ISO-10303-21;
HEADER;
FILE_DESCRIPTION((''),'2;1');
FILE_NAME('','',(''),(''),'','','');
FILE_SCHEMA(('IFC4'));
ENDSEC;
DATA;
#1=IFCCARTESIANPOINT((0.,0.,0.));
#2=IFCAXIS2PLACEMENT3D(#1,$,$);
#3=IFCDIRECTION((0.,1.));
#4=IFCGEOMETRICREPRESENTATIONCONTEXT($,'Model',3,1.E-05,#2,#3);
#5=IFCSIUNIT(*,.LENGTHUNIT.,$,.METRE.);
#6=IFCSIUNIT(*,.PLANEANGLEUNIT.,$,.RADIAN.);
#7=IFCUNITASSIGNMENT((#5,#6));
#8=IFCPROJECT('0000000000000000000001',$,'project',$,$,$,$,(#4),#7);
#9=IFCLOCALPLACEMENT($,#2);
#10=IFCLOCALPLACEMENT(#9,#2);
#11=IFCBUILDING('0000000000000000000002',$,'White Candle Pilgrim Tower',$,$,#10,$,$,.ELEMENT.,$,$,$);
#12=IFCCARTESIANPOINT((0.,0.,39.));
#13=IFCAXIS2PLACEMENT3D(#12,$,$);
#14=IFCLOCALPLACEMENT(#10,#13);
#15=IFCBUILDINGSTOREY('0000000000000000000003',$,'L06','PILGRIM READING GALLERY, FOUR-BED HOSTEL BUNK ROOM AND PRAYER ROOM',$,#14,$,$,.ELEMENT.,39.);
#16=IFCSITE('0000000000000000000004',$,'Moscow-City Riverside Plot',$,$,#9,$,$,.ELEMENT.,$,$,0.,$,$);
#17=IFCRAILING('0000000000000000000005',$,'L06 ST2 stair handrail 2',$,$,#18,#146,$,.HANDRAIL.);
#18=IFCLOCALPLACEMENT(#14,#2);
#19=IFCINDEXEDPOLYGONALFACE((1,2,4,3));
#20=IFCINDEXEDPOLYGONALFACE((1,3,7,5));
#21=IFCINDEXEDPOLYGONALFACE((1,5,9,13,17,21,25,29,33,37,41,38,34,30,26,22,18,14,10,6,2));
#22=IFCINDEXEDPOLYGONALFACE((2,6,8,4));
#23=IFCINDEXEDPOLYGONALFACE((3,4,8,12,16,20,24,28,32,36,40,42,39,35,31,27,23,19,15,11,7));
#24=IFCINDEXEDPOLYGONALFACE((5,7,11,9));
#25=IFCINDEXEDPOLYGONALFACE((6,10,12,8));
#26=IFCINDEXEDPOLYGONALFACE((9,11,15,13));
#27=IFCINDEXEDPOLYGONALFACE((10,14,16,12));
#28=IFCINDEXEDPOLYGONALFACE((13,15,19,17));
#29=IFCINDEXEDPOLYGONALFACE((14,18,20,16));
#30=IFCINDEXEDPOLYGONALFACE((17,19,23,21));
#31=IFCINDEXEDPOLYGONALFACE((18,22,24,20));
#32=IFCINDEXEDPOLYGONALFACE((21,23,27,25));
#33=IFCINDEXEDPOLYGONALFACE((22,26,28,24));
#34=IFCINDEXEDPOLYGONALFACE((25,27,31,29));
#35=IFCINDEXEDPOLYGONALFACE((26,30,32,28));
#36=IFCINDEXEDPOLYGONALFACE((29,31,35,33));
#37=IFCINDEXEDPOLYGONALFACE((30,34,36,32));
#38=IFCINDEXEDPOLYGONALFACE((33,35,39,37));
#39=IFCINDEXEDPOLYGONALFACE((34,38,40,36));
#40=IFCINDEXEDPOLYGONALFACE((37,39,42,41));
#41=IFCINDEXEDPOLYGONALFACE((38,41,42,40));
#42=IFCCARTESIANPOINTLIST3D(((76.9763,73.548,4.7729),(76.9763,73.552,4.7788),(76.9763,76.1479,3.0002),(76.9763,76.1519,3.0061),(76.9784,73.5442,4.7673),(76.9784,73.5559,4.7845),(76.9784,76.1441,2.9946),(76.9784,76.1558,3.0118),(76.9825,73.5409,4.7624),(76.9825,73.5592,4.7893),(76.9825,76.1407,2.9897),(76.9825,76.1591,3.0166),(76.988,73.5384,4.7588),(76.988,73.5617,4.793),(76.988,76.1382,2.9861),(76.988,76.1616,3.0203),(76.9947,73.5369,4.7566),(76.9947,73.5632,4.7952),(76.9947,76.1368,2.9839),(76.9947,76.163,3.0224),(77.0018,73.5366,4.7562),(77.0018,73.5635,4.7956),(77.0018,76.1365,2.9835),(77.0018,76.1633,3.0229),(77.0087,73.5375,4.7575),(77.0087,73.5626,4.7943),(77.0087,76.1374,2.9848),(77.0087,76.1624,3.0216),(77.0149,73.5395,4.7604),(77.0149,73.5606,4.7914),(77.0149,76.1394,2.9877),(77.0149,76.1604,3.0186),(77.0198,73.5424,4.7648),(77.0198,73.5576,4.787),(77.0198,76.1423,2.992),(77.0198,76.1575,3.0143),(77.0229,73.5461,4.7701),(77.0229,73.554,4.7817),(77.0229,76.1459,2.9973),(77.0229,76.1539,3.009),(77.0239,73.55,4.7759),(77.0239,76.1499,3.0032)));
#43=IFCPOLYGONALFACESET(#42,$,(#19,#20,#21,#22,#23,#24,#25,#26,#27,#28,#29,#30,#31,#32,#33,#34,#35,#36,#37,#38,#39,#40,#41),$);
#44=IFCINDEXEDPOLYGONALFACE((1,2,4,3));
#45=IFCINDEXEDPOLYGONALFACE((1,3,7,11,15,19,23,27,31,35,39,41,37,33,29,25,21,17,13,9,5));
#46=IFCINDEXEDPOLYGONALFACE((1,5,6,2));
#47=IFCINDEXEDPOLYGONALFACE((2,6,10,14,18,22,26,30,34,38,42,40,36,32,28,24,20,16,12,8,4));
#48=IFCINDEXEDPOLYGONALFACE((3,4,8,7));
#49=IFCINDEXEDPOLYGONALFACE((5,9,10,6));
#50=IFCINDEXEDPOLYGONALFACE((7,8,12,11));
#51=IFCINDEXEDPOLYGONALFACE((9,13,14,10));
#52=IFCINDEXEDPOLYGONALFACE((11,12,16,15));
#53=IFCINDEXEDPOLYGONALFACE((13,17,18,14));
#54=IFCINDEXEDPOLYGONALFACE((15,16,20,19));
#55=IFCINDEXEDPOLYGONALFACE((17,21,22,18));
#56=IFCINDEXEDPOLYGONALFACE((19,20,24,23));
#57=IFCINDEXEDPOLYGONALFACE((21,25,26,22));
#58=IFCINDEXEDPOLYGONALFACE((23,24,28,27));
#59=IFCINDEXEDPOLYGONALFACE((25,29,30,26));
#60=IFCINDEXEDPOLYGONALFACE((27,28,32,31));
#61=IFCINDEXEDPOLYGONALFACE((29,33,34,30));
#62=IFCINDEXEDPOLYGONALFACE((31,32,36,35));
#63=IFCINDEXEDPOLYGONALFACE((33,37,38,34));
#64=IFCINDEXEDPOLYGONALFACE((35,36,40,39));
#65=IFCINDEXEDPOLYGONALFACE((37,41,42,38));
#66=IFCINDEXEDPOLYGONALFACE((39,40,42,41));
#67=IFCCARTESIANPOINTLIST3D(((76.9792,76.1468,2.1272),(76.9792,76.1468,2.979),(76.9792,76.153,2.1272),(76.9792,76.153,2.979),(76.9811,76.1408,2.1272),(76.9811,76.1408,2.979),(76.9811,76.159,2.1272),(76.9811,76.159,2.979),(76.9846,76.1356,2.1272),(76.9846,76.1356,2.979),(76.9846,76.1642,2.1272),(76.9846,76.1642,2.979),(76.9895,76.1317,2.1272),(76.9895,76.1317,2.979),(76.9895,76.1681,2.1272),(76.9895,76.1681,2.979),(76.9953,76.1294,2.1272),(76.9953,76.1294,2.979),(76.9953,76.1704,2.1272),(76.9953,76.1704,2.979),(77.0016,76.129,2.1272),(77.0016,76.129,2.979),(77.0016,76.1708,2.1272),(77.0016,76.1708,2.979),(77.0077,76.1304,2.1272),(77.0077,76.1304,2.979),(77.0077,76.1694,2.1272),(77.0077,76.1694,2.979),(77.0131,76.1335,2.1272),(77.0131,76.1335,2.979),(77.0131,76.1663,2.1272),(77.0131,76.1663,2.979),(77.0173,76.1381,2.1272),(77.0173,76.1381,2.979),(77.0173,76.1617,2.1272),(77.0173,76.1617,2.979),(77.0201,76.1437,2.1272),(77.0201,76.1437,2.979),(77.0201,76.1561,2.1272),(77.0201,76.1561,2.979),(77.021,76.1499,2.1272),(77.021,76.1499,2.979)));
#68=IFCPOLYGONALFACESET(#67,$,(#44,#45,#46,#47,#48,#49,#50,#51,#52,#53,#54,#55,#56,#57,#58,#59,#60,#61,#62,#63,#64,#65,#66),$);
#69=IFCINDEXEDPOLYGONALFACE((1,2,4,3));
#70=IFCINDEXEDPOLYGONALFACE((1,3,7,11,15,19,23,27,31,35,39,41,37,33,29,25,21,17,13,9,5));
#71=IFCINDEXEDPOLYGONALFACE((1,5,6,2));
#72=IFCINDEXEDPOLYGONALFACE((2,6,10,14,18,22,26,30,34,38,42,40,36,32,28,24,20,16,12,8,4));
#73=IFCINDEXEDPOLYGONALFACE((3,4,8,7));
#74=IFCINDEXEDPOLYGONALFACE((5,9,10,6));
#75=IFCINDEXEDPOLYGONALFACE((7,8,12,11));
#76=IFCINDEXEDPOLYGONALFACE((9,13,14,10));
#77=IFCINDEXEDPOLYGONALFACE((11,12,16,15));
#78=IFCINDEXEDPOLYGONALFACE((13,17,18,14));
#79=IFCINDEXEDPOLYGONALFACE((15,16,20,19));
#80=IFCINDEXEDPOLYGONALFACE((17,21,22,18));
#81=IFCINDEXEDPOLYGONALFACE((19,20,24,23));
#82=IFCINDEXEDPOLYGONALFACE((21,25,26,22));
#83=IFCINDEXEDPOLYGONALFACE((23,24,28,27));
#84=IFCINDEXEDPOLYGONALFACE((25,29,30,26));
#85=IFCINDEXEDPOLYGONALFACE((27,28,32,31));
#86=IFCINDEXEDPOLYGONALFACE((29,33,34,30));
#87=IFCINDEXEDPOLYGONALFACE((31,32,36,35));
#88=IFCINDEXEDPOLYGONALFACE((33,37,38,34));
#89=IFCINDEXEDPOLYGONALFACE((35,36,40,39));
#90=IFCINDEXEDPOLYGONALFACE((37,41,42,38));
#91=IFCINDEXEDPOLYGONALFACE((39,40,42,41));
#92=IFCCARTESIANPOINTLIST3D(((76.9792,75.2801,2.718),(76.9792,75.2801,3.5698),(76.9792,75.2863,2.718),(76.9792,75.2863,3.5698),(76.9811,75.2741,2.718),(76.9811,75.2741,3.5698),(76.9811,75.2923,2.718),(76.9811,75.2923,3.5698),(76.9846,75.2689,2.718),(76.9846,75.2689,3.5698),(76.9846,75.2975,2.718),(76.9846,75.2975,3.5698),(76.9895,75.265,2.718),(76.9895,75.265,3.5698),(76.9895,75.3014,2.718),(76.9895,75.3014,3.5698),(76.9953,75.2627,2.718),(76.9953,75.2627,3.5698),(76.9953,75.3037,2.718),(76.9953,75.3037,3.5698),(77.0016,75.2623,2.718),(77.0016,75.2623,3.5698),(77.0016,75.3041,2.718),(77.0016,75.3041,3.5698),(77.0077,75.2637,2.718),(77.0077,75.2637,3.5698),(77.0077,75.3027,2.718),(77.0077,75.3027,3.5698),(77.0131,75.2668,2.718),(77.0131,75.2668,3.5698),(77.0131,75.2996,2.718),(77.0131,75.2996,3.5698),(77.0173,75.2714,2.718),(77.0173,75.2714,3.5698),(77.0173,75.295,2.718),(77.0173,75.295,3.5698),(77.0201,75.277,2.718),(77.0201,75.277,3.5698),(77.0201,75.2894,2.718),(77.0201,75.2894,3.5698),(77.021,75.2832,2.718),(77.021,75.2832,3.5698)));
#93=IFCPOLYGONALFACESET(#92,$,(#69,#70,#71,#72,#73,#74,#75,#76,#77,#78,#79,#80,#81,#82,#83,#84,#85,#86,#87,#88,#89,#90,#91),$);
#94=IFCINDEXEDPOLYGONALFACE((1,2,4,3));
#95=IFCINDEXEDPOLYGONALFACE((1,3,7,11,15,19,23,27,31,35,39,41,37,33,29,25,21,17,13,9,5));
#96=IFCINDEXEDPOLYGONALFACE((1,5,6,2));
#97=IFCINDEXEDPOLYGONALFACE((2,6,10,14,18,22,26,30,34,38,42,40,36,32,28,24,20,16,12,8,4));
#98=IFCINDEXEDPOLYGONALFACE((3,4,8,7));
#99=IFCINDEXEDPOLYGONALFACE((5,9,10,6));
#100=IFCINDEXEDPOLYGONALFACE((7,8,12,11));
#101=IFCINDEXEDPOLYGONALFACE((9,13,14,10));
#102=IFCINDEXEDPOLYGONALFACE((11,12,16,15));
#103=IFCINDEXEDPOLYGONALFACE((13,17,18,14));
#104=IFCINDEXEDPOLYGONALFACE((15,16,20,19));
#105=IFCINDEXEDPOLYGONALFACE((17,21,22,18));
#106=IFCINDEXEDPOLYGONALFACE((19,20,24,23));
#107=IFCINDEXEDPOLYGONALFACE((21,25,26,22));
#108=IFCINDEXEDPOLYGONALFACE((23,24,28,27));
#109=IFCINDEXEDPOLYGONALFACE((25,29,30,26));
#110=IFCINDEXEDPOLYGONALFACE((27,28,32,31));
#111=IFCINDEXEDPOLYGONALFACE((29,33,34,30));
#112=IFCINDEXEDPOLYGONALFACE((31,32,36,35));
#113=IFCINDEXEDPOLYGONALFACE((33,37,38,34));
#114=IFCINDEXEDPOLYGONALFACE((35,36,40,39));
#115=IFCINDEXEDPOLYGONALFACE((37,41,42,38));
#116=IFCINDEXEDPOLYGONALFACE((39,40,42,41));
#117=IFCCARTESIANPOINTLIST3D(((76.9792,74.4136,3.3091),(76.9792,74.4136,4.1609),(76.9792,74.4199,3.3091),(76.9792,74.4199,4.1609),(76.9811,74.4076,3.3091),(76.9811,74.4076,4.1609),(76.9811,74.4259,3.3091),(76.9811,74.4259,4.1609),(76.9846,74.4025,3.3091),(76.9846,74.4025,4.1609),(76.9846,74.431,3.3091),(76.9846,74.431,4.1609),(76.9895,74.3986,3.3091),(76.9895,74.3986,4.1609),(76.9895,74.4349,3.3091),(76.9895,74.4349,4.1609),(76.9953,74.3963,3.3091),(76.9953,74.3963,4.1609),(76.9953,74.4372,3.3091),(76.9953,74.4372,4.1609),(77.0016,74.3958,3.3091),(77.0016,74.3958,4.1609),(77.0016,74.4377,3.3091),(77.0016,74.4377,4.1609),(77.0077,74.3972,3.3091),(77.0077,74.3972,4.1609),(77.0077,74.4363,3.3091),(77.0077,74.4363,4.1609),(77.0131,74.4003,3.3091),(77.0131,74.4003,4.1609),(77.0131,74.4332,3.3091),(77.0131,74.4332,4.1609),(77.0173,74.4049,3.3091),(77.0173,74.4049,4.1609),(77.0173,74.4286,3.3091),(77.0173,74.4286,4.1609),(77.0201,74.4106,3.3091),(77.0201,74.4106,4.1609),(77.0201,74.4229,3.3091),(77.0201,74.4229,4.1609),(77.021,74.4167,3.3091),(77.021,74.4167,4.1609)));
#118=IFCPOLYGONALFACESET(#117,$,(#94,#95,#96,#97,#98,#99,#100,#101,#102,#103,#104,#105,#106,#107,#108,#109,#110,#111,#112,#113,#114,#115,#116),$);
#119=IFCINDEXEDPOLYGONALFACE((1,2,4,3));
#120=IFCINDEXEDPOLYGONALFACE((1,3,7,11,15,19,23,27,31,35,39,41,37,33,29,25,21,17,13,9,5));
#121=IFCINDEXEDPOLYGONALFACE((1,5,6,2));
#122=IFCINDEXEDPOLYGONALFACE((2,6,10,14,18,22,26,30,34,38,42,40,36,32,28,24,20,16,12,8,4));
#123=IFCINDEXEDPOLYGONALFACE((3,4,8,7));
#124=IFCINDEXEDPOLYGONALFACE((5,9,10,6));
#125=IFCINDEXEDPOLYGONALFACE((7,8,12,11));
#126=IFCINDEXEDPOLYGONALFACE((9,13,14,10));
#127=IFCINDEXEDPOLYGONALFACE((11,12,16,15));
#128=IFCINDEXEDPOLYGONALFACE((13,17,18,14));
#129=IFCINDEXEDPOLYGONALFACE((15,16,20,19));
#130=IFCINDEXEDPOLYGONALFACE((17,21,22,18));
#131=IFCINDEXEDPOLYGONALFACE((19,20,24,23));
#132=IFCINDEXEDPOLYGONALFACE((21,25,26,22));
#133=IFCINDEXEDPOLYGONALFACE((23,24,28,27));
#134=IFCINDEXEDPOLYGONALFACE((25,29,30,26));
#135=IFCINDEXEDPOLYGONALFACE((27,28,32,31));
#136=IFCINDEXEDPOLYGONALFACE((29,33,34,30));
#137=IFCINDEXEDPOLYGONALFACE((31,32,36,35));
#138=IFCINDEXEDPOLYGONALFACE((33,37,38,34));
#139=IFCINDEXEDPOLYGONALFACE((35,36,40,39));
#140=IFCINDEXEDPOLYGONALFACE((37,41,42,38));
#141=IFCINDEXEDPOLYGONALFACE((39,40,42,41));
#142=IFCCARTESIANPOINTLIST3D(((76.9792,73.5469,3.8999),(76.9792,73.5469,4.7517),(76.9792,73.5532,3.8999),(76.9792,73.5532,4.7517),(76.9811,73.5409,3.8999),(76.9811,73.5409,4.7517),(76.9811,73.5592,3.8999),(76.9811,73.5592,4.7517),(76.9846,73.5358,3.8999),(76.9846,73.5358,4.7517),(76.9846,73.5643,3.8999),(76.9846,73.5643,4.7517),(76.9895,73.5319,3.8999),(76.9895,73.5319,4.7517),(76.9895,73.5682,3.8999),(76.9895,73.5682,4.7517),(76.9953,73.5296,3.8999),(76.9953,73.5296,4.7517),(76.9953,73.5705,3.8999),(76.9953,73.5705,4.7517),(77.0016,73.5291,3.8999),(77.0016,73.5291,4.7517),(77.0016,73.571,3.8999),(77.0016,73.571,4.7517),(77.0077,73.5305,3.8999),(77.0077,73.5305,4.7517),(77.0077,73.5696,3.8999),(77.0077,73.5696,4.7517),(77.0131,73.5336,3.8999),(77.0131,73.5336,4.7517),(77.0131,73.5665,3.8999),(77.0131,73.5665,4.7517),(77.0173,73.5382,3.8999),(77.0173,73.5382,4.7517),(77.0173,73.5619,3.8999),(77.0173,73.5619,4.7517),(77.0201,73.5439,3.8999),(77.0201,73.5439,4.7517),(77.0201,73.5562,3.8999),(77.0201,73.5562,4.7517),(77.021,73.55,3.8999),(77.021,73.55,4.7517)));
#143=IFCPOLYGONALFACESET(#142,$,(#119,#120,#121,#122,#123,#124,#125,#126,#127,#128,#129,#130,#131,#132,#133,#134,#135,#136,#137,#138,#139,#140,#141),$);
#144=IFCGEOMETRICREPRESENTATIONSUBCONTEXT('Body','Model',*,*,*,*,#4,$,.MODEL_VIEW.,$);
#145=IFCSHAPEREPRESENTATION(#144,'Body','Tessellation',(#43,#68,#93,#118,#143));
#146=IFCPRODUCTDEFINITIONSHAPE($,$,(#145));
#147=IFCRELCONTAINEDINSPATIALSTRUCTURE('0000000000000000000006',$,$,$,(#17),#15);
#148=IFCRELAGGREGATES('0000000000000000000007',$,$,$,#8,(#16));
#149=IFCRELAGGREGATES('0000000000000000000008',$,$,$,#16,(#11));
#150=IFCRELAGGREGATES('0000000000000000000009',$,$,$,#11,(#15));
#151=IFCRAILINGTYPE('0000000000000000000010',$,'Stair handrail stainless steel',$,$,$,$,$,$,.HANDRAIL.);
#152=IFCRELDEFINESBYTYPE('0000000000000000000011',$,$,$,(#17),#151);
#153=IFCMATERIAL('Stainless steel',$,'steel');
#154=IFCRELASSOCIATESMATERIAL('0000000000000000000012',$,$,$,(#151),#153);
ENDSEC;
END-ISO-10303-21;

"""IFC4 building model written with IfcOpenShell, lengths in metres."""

from ifc_helpers import new_model, si_unit, direction, frame, origin, origin_2d, place, context, subcontext, project, spatial, circle, extrude, material, type_object, element, save


model = new_model("IFC4")

# Units and contexts
model_context = context("Model", 3, precision=1e-05, world=origin(), true_north=direction((0.0, 1.0)))
body_context = subcontext(model_context, "Body", "Model", "MODEL_VIEW")
ifc_project = project(units=[si_unit("LENGTHUNIT", "METRE"), si_unit("PLANEANGLEUNIT", "RADIAN")], contexts=[model_context])

# Site, building, storey
site_placement = place(None, origin())
site = spatial("IfcSite", under=ifc_project, at=site_placement, Name="Moscow-City Riverside Plot", CompositionType="ELEMENT", RefElevation=0.0)
building_placement = place(site_placement, origin())
building = spatial("IfcBuilding", under=site, at=building_placement, Name="White Candle Pilgrim Tower", CompositionType="ELEMENT")
storey_placement = place(building_placement, frame((0.0, 0.0, 39.0)))
storey = spatial("IfcBuildingStorey", under=building, at=storey_placement, Name="L06", Description="PILGRIM READING GALLERY, FOUR-BED HOSTEL BUNK ROOM AND PRAYER ROOM", CompositionType="ELEMENT", Elevation=39.0)

# Railing
ifc_material_1 = material(Name="Stainless steel", Category="steel")
railing_type_1 = type_object("IfcRailingType", Name="Stair handrail stainless steel", PredefinedType="HANDRAIL", material=ifc_material_1)
railing_1_placement = place(storey_placement, frame((77.0, 76.1499, 2.1272)))
element("IfcRailing", 1, at=railing_1_placement, inside=storey, type_object=railing_type_1, Name="L06 ST2 stair handrail 2", PredefinedType="HANDRAIL", context=body_context, shape_type="SweptSolid", body=[
    extrude(circle(Radius=0.0239, at=origin_2d()), frame((0.0, 0.0, 0.876), z_axis=(0.0, -0.826216, 0.563354), x_axis=(1.0, 0.0, 0.0)), (0.0, 0.0, 1.0), 3.1467),
    extrude(circle(Radius=0.021, at=origin_2d()), origin(), (0.0, 0.0, 1.0), 0.8518),
    extrude(circle(Radius=0.021, at=origin_2d()), frame((0.0, -0.8667, 0.5908)), (0.0, 0.0, 1.0), 0.8518),
    extrude(circle(Radius=0.021, at=origin_2d()), frame((0.0, -1.7332, 1.1819)), (0.0, 0.0, 1.0), 0.8518),
    extrude(circle(Radius=0.021, at=origin_2d()), frame((0.0, -2.5999, 1.7727)), (0.0, 0.0, 1.0), 0.8518),
])

save(model, "model.ifc")
